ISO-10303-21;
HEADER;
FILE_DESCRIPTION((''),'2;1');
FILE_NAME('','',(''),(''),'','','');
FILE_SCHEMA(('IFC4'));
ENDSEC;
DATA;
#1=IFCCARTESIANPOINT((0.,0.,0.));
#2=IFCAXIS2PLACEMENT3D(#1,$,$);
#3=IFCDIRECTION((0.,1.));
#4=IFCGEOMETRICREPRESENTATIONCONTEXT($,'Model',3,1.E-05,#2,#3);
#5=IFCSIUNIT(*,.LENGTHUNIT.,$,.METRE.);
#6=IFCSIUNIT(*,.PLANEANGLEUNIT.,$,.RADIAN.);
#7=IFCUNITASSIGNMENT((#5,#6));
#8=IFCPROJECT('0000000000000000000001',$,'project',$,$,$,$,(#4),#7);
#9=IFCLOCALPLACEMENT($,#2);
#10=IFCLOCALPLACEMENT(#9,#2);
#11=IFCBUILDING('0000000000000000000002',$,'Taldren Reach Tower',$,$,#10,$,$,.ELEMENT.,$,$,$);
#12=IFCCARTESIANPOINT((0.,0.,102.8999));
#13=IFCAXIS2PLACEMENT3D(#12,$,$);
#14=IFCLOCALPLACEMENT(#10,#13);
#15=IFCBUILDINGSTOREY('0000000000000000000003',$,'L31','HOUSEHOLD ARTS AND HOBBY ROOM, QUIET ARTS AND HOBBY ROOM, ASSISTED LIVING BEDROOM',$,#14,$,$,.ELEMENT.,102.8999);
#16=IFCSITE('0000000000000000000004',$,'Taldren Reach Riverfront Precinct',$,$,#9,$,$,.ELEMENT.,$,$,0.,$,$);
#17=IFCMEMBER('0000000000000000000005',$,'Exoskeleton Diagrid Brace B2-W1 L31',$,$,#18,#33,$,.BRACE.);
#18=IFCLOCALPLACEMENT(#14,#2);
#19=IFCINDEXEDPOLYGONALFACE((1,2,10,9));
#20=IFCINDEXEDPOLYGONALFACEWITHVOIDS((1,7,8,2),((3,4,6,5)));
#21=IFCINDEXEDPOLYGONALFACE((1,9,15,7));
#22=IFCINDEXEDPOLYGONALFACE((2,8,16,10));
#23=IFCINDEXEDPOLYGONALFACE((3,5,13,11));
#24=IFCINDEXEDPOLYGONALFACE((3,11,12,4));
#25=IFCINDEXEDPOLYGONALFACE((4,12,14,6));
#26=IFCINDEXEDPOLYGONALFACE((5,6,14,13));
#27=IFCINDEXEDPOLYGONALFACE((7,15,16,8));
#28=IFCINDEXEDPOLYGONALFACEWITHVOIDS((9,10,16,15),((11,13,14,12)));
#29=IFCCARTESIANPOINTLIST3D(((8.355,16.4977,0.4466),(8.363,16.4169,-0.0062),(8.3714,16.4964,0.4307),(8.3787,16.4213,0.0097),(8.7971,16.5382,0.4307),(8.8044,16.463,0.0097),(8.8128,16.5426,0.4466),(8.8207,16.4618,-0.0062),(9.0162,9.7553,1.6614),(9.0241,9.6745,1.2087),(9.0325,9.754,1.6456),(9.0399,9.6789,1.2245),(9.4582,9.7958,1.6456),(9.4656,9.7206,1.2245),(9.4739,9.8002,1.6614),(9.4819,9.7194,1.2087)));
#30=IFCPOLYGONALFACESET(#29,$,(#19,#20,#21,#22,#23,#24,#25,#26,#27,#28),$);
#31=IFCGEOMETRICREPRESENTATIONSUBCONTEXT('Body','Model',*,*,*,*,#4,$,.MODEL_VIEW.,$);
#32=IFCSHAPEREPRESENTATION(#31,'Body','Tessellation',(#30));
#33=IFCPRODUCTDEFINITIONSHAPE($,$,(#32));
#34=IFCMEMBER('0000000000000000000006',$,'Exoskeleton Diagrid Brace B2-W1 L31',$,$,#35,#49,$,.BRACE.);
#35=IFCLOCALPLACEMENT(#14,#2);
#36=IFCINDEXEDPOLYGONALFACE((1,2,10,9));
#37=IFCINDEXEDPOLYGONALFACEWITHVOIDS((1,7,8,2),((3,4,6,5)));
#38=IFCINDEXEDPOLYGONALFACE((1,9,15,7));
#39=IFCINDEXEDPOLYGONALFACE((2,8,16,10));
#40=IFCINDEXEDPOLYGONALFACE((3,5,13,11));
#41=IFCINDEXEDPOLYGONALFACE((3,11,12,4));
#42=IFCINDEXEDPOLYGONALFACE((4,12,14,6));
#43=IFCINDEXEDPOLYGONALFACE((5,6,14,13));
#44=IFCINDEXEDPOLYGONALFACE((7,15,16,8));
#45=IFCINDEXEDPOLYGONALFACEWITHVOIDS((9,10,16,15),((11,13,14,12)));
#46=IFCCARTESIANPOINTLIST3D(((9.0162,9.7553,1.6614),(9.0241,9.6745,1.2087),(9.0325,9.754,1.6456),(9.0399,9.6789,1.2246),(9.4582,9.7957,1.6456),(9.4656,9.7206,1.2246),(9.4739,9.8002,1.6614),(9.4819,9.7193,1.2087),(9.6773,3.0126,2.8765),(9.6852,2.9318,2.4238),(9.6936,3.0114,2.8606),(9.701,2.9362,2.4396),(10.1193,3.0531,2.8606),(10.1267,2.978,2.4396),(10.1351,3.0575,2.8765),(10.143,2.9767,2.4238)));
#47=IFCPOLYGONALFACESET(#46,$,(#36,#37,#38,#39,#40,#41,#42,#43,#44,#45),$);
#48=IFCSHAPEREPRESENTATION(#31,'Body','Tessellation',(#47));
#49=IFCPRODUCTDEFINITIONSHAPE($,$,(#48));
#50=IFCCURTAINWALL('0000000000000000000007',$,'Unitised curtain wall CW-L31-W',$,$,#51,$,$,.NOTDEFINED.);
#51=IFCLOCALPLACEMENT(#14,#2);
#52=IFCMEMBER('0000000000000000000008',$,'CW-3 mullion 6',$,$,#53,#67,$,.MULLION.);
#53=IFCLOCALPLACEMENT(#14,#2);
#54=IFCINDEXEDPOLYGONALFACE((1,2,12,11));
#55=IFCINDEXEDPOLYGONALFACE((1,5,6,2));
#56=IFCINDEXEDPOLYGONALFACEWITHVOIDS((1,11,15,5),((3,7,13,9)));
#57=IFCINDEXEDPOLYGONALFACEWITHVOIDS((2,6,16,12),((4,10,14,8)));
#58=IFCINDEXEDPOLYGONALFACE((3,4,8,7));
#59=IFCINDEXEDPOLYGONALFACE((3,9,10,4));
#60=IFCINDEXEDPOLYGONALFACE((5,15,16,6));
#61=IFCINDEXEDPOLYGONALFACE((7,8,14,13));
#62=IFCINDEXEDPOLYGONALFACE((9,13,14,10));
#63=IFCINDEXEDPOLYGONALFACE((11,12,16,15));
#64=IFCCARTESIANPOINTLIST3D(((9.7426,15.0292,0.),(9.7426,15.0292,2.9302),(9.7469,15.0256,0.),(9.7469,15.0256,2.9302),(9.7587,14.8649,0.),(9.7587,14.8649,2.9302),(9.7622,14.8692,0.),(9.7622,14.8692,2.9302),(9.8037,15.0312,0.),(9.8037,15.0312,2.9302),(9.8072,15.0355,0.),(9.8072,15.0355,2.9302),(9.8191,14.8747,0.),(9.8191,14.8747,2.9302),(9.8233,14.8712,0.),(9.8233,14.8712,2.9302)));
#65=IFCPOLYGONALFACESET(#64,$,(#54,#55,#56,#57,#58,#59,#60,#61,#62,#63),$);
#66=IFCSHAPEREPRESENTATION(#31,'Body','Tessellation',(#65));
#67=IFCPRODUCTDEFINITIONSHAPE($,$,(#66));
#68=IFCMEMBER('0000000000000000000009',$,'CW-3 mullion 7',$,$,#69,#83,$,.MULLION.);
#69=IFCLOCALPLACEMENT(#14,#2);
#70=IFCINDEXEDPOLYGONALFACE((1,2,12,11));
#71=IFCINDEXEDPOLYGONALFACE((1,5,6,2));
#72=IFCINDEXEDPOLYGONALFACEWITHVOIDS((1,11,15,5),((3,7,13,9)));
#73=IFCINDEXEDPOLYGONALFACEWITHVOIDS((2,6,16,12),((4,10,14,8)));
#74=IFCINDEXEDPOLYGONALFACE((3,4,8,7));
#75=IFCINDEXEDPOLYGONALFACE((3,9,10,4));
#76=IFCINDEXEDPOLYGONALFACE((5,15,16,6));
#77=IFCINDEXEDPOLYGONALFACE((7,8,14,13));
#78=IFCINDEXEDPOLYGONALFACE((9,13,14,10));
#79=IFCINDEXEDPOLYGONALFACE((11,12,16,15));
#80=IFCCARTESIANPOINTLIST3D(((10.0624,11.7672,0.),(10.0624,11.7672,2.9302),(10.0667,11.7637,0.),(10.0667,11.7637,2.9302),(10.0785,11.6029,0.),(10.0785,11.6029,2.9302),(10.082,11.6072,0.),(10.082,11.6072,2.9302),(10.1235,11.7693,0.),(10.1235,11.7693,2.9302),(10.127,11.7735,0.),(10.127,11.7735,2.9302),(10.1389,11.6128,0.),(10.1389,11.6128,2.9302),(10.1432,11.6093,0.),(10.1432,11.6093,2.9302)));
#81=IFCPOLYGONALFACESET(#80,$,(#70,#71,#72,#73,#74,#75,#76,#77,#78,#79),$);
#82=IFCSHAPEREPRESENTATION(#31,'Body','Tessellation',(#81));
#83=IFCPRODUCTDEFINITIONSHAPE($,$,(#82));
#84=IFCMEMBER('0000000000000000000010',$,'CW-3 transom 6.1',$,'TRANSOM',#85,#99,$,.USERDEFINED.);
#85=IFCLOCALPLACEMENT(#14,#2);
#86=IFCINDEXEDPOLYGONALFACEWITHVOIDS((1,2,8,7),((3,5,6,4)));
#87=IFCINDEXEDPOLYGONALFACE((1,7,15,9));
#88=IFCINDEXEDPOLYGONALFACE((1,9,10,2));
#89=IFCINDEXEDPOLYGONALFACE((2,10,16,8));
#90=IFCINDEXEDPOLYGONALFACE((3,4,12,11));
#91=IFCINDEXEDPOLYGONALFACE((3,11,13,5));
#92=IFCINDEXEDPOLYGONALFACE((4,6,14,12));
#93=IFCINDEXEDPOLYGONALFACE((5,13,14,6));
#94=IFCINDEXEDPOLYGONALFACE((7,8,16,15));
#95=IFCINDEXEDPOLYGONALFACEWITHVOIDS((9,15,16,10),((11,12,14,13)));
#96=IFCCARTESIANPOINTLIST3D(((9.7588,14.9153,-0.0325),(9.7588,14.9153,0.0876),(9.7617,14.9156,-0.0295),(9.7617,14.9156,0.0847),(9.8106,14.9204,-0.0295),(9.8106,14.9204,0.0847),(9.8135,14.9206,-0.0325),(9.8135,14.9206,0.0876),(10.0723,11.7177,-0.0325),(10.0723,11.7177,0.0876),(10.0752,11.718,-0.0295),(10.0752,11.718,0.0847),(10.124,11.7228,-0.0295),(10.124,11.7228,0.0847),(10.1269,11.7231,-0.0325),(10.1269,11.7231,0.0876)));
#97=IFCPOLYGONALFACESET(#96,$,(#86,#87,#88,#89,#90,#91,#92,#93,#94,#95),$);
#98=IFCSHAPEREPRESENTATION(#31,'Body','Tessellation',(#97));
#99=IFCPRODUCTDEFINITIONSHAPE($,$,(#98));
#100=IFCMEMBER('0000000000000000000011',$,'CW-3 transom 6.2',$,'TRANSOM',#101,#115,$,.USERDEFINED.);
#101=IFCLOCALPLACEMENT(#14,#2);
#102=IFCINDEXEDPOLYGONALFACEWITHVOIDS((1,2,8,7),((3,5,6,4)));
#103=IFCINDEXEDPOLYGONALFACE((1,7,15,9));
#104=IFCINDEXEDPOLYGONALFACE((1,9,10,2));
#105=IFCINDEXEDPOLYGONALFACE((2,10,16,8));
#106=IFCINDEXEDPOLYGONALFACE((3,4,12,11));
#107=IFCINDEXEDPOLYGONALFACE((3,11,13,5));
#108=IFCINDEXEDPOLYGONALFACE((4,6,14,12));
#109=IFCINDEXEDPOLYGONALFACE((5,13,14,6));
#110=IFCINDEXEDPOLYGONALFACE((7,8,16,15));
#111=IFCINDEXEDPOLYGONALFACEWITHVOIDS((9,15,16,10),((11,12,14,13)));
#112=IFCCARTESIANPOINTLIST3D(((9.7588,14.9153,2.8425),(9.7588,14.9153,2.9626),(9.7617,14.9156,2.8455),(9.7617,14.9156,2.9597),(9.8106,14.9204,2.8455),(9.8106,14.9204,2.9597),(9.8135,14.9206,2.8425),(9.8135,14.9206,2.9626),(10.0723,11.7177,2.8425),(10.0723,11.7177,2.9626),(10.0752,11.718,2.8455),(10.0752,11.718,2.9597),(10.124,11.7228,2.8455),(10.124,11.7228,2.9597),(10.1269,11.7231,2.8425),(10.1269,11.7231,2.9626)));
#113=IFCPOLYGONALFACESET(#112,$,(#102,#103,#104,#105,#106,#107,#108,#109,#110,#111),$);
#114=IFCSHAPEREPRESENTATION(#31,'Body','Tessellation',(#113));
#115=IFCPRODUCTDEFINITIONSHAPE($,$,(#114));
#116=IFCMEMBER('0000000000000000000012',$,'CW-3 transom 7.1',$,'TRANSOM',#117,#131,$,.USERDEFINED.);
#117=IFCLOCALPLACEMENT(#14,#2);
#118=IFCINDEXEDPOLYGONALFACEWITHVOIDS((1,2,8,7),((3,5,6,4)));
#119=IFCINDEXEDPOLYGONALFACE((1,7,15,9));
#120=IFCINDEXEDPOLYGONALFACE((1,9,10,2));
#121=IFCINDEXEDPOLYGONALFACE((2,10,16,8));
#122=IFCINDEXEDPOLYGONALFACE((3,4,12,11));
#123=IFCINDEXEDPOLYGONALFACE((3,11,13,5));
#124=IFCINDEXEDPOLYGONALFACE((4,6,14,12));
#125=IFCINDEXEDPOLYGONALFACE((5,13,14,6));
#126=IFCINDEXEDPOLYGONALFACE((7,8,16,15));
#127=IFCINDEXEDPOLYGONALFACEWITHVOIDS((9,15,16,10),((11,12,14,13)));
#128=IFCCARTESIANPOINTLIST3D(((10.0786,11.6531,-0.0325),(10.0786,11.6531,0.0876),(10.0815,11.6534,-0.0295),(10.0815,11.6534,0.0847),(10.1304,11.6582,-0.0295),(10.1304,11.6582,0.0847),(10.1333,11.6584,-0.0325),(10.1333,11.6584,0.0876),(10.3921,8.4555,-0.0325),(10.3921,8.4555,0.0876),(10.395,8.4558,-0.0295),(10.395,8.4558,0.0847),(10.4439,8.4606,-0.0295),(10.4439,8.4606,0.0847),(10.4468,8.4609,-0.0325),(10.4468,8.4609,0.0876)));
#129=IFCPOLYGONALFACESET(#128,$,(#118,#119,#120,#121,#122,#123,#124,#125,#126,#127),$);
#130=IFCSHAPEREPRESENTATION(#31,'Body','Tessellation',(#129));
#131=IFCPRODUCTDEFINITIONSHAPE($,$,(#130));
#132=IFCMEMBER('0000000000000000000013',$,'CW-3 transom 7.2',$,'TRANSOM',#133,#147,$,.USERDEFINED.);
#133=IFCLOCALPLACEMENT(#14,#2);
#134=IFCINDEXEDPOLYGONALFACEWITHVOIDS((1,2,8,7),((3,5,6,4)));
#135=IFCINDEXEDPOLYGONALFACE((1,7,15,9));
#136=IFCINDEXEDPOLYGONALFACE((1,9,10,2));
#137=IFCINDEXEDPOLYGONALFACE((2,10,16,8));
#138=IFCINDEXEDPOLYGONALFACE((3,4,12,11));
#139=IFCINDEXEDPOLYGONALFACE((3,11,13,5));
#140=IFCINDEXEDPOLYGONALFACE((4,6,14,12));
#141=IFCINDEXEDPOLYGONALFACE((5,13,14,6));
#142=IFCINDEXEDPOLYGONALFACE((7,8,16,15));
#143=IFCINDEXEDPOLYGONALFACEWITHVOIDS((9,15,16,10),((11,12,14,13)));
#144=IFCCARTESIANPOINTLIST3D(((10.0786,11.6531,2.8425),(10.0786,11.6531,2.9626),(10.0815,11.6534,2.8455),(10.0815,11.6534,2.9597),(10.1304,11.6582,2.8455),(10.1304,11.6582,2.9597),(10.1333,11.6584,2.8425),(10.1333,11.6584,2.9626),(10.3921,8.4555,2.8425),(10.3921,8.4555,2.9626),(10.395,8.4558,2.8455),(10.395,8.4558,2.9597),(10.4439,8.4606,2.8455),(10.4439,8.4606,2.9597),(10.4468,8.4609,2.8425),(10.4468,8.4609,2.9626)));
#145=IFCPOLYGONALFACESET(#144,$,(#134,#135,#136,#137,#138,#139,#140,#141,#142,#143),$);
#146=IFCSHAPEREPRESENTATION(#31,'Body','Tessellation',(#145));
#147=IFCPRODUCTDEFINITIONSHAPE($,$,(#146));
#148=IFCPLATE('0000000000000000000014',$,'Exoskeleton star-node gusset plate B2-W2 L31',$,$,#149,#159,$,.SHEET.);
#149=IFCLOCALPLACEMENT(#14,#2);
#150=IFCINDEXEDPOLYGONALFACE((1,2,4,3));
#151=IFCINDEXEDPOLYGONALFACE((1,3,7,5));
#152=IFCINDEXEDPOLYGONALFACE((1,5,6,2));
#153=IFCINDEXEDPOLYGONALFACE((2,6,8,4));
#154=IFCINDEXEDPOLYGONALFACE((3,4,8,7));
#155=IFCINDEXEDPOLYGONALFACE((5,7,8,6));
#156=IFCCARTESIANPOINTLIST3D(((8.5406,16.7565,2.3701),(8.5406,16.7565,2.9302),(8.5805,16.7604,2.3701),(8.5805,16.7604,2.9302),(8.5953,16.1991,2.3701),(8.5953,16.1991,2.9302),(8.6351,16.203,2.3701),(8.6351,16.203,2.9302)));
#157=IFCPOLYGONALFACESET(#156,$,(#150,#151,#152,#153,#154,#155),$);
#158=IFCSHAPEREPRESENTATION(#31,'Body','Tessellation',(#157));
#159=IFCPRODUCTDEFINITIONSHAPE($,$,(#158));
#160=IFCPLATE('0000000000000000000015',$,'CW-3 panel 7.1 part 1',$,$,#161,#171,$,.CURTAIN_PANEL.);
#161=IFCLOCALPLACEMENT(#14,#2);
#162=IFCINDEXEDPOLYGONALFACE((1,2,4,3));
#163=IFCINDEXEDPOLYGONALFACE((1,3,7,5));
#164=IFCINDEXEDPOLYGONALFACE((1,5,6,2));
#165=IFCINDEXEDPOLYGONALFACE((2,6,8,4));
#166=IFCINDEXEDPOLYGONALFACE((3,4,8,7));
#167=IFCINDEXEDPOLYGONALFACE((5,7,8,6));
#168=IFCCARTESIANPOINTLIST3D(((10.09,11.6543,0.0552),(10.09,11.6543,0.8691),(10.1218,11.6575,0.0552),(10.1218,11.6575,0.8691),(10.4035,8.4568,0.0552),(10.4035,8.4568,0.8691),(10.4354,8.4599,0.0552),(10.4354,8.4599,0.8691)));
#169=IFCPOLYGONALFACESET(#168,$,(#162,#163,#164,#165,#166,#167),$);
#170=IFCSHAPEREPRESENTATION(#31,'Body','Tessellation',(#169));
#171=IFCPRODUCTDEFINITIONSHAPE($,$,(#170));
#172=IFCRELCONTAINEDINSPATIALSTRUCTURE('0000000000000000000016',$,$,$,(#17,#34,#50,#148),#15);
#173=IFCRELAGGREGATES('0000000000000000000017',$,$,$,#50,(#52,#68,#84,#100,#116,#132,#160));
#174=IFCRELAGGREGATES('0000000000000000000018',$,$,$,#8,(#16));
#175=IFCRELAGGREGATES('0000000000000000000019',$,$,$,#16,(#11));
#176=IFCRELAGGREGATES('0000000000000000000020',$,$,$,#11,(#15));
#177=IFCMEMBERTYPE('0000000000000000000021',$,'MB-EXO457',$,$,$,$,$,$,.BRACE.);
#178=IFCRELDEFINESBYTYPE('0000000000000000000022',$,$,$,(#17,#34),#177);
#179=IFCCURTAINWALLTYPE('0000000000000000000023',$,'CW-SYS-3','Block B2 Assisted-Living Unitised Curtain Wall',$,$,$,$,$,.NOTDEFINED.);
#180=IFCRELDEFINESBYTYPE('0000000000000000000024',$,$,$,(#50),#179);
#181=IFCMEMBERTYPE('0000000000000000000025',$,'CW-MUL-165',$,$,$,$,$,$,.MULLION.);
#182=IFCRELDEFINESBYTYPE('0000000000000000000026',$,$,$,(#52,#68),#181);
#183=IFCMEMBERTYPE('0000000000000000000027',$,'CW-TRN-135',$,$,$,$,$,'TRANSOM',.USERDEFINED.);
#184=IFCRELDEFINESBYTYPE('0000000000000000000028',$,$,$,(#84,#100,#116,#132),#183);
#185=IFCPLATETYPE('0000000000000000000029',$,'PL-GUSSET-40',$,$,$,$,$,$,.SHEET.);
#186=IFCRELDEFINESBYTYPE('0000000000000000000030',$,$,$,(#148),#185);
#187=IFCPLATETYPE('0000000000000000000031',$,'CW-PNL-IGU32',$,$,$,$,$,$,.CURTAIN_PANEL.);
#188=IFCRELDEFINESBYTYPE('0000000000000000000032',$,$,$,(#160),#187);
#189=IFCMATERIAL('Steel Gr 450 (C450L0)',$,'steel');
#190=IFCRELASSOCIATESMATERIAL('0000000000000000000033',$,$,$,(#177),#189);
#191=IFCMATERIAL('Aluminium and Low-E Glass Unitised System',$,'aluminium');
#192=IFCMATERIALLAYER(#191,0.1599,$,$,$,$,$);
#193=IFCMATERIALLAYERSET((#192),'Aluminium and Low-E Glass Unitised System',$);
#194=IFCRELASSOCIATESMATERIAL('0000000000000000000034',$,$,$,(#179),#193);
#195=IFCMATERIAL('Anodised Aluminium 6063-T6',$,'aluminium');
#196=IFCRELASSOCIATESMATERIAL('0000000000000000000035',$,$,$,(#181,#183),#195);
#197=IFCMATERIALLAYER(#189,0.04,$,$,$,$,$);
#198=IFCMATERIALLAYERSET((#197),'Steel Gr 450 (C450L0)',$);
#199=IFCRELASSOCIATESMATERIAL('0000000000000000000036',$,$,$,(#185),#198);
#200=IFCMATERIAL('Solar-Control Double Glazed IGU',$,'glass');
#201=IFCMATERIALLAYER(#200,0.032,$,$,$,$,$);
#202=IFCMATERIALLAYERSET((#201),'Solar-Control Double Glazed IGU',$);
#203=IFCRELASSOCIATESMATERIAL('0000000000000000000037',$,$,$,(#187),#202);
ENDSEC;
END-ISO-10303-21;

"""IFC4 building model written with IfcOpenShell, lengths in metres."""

from ifc_helpers import new_model, si_unit, direction, frame, origin, origin_2d, place, context, subcontext, project, spatial, rectangle, hollow_rectangle, extrude, source, transform, mapped, material, layer, layer_set, material_profile, profile_set, type_object, element, aggregate, save


model = new_model("IFC4")

# Units and contexts
model_context = context("Model", 3, precision=1e-05, world=origin(), true_north=direction((0.0, 1.0)))
body_context = subcontext(model_context, "Body", "Model", "MODEL_VIEW")
ifc_project = project(units=[si_unit("LENGTHUNIT", "METRE"), si_unit("PLANEANGLEUNIT", "RADIAN")], contexts=[model_context])

# Site, building, storey
site_placement = place(None, origin())
site = spatial("IfcSite", under=ifc_project, at=site_placement, Name="Taldren Reach Riverfront Precinct", CompositionType="ELEMENT", RefElevation=0.0)
building_placement = place(site_placement, origin())
building = spatial("IfcBuilding", under=site, at=building_placement, Name="Taldren Reach Tower", CompositionType="ELEMENT")
storey_placement = place(building_placement, frame((0.0, 0.0, 102.8999)))
storey = spatial("IfcBuildingStorey", under=building, at=storey_placement, Name="L31", Description="HOUSEHOLD ARTS AND HOBBY ROOM, QUIET ARTS AND HOBBY ROOM, ASSISTED LIVING BEDROOM", CompositionType="ELEMENT", Elevation=102.8999)

# Members
ifc_material_1 = material(Name="Steel Gr 450 (C450L0)", Category="steel")
ifc_material_profile_1 = material_profile(ifc_material_1, hollow_rectangle(XDim=0.46, YDim=0.46, WallThickness=0.0161, at=origin_2d()), Name="460x460x16.0SHS")
ifc_profile_set_1 = profile_set([ifc_material_profile_1], Name="Steel Gr 450 (C450L0)")
member_type_1 = type_object("IfcMemberType", Name="MB-EXO457", PredefinedType="BRACE", material=ifc_profile_set_1)
shared_shape_1 = source(origin(), body_context, "Body", "SweptSolid", [
    extrude(hollow_rectangle(XDim=0.46, YDim=0.46, WallThickness=0.0161, at=origin_2d()), origin(), (0.0, 0.0, 1.0), 6.8828),
])
member_1_placement = place(storey_placement, frame((8.5879, 16.4797, 0.2202), z_axis=(0.096055, -0.979602, 0.176504), x_axis=(0.995227, 0.097588, 0.0)))
element("IfcMember", 1, at=member_1_placement, inside=storey, type_object=member_type_1, Name="Exoskeleton Diagrid Brace B2-W1 L31", PredefinedType="BRACE", context=body_context, shape_type="MappedRepresentation", body=[
    mapped(shared_shape_1, transform((0.0, 0.0, 0.0), scale=1.0)),
])
shared_shape_2 = source(origin(), body_context, "Body", "SweptSolid", [
    extrude(hollow_rectangle(XDim=0.46, YDim=0.46, WallThickness=0.0161, at=origin_2d()), origin(), (0.0, 0.0, 1.0), 6.8831),
])
member_2_placement = place(storey_placement, frame((9.249, 9.7373, 1.4351), z_axis=(0.096051, -0.979597, 0.176532), x_axis=(0.995227, 0.097584, 0.0)))
element("IfcMember", 2, at=member_2_placement, inside=storey, type_object=member_type_1, Name="Exoskeleton Diagrid Brace B2-W1 L31", PredefinedType="BRACE", context=body_context, shape_type="MappedRepresentation", body=[
    mapped(shared_shape_2, transform((0.0, 0.0, 0.0), scale=1.0)),
])

# Curtain wall, members
ifc_material_2 = material(Name="Aluminium and Low-E Glass Unitised System", Category="aluminium")
ifc_layer_1 = layer(ifc_material_2, 0.1599)
ifc_layer_set_1 = layer_set([ifc_layer_1], Name="Aluminium and Low-E Glass Unitised System")
curtain_wall_type = type_object("IfcCurtainWallType", Name="CW-SYS-3", Description="Block B2 Assisted-Living Unitised Curtain Wall", PredefinedType="NOTDEFINED", material=ifc_layer_set_1)
curtain_wall_placement = place(storey_placement, origin())
curtain_wall = element("IfcCurtainWall", 3, at=curtain_wall_placement, inside=storey, type_object=curtain_wall_type, Name="Unitised curtain wall CW-L31-W", PredefinedType="NOTDEFINED")
ifc_material_3 = material(Name="Anodised Aluminium 6063-T6", Category="aluminium")
ifc_material_profile_2 = material_profile(ifc_material_3, hollow_rectangle(XDim=0.0649, YDim=0.165, WallThickness=0.0039, at=origin_2d()), Name="ALU-165x65x4RHS")
ifc_profile_set_2 = profile_set([ifc_material_profile_2], Name="Anodised Aluminium 6063-T6")
member_type_2 = type_object("IfcMemberType", Name="CW-MUL-165", PredefinedType="MULLION", material=ifc_profile_set_2)
shared_shape_3 = source(origin(), body_context, "Body", "SweptSolid", [
    extrude(hollow_rectangle(XDim=0.0649, YDim=0.165, WallThickness=0.0039, at=origin_2d()), origin(), (0.0, 0.0, 1.0), 2.9302),
])
member_3_placement = place(storey_placement, frame((9.783, 14.9502, 0.0), z_axis=(0.0, 0.0, 1.0), x_axis=(0.995227, 0.097583, 0.0)))
member_3 = element("IfcMember", 4, at=member_3_placement, type_object=member_type_2, Name="CW-3 mullion 6", PredefinedType="MULLION", context=body_context, shape_type="MappedRepresentation", body=[
    mapped(shared_shape_3, transform((0.0, 0.0, 0.0), scale=1.0)),
])
member_4_placement = place(storey_placement, frame((10.1028, 11.6882, 0.0), z_axis=(0.0, 0.0, 1.0), x_axis=(0.995227, 0.097583, 0.0)))
member_4 = element("IfcMember", 5, at=member_4_placement, type_object=member_type_2, Name="CW-3 mullion 7", PredefinedType="MULLION", context=body_context, shape_type="MappedRepresentation", body=[
    mapped(shared_shape_3, transform((0.0, 0.0, 0.0), scale=1.0)),
])
ifc_material_profile_3 = material_profile(ifc_material_3, hollow_rectangle(XDim=0.0549, YDim=0.1201, WallThickness=0.0029, at=origin_2d()), Name="ALU-120x55x3RHS")
ifc_profile_set_3 = profile_set([ifc_material_profile_3], Name="Anodised Aluminium 6063-T6")
member_type_3 = type_object("IfcMemberType", Name="CW-TRN-135", ElementType="TRANSOM", PredefinedType="USERDEFINED", material=ifc_profile_set_3)
shared_shape_4 = source(origin(), body_context, "Body", "SweptSolid", [
    extrude(hollow_rectangle(XDim=0.0549, YDim=0.1201, WallThickness=0.0029, at=origin_2d()), origin(), (0.0, 0.0, 1.0), 3.2129),
])
member_5_placement = place(storey_placement, frame((9.7861, 14.918, 0.0276), z_axis=(0.09757, -0.995229, 0.0), x_axis=(0.995229, 0.09757, 0.0)))
member_5 = element("IfcMember", 6, at=member_5_placement, type_object=member_type_3, Name="CW-3 transom 6.1", ObjectType="TRANSOM", PredefinedType="USERDEFINED", context=body_context, shape_type="MappedRepresentation", body=[
    mapped(shared_shape_4, transform((0.0, 0.0, 0.0), scale=1.0)),
])
member_6_placement = place(storey_placement, frame((9.7861, 14.918, 2.9026), z_axis=(0.09757, -0.995229, 0.0), x_axis=(0.995229, 0.09757, 0.0)))
member_6 = element("IfcMember", 7, at=member_6_placement, type_object=member_type_3, Name="CW-3 transom 6.2", ObjectType="TRANSOM", PredefinedType="USERDEFINED", context=body_context, shape_type="MappedRepresentation", body=[
    mapped(shared_shape_4, transform((0.0, 0.0, 0.0), scale=1.0)),
])
member_7_placement = place(storey_placement, frame((10.106, 11.6558, 0.0276), z_axis=(0.09757, -0.995229, 0.0), x_axis=(0.995229, 0.09757, 0.0)))
member_7 = element("IfcMember", 8, at=member_7_placement, type_object=member_type_3, Name="CW-3 transom 7.1", ObjectType="TRANSOM", PredefinedType="USERDEFINED", context=body_context, shape_type="MappedRepresentation", body=[
    mapped(shared_shape_4, transform((0.0, 0.0, 0.0), scale=1.0)),
])
member_8_placement = place(storey_placement, frame((10.106, 11.6558, 2.9026), z_axis=(0.09757, -0.995229, 0.0), x_axis=(0.995229, 0.09757, 0.0)))
member_8 = element("IfcMember", 9, at=member_8_placement, type_object=member_type_3, Name="CW-3 transom 7.2", ObjectType="TRANSOM", PredefinedType="USERDEFINED", context=body_context, shape_type="MappedRepresentation", body=[
    mapped(shared_shape_4, transform((0.0, 0.0, 0.0), scale=1.0)),
])

# Plates
ifc_layer_2 = layer(ifc_material_1, 0.04)
ifc_layer_set_2 = layer_set([ifc_layer_2], Name="Steel Gr 450 (C450L0)")
plate_type_1 = type_object("IfcPlateType", Name="PL-GUSSET-40", PredefinedType="SHEET", material=ifc_layer_set_2)
shared_shape_5 = source(origin(), body_context, "Body", "SweptSolid", [
    extrude(rectangle(XDim=0.5601, YDim=0.04, at=origin_2d()), origin(), (0.0, 0.0, 1.0), 0.5601),
])
plate_1_placement = place(storey_placement, frame((8.5879, 16.4797, 2.3701), z_axis=(0.0, 0.0, 1.0), x_axis=(-0.097583, 0.995227, 0.0)))
element("IfcPlate", 10, at=plate_1_placement, inside=storey, type_object=plate_type_1, Name="Exoskeleton star-node gusset plate B2-W2 L31", PredefinedType="SHEET", context=body_context, shape_type="MappedRepresentation", body=[
    mapped(shared_shape_5, transform((0.0, 0.0, 0.0), scale=1.0)),
])
ifc_material_4 = material(Name="Solar-Control Double Glazed IGU", Category="glass")
ifc_layer_3 = layer(ifc_material_4, 0.032)
ifc_layer_set_3 = layer_set([ifc_layer_3], Name="Solar-Control Double Glazed IGU")
plate_type_2 = type_object("IfcPlateType", Name="CW-PNL-IGU32", PredefinedType="CURTAIN_PANEL", material=ifc_layer_set_3)
shared_shape_6 = source(origin(), body_context, "Body", "SweptSolid", [
    extrude(rectangle(XDim=3.2129, YDim=0.032, at=origin_2d()), origin(), (0.0, 0.0, 1.0), 0.814),
])
plate_2_placement = place(storey_placement, frame((10.2627, 10.0571, 0.0552), z_axis=(0.0, 0.0, 1.0), x_axis=(0.097583, -0.995227, 0.0)))
plate_2 = element("IfcPlate", 11, at=plate_2_placement, type_object=plate_type_2, Name="CW-3 panel 7.1 part 1", PredefinedType="CURTAIN_PANEL", context=body_context, shape_type="MappedRepresentation", body=[
    mapped(shared_shape_6, transform((0.0, 0.0, 0.0), scale=1.0)),
])
aggregate(curtain_wall, [member_3, member_4, member_5, member_6, member_7, member_8, plate_2])

save(model, "model.ifc")
